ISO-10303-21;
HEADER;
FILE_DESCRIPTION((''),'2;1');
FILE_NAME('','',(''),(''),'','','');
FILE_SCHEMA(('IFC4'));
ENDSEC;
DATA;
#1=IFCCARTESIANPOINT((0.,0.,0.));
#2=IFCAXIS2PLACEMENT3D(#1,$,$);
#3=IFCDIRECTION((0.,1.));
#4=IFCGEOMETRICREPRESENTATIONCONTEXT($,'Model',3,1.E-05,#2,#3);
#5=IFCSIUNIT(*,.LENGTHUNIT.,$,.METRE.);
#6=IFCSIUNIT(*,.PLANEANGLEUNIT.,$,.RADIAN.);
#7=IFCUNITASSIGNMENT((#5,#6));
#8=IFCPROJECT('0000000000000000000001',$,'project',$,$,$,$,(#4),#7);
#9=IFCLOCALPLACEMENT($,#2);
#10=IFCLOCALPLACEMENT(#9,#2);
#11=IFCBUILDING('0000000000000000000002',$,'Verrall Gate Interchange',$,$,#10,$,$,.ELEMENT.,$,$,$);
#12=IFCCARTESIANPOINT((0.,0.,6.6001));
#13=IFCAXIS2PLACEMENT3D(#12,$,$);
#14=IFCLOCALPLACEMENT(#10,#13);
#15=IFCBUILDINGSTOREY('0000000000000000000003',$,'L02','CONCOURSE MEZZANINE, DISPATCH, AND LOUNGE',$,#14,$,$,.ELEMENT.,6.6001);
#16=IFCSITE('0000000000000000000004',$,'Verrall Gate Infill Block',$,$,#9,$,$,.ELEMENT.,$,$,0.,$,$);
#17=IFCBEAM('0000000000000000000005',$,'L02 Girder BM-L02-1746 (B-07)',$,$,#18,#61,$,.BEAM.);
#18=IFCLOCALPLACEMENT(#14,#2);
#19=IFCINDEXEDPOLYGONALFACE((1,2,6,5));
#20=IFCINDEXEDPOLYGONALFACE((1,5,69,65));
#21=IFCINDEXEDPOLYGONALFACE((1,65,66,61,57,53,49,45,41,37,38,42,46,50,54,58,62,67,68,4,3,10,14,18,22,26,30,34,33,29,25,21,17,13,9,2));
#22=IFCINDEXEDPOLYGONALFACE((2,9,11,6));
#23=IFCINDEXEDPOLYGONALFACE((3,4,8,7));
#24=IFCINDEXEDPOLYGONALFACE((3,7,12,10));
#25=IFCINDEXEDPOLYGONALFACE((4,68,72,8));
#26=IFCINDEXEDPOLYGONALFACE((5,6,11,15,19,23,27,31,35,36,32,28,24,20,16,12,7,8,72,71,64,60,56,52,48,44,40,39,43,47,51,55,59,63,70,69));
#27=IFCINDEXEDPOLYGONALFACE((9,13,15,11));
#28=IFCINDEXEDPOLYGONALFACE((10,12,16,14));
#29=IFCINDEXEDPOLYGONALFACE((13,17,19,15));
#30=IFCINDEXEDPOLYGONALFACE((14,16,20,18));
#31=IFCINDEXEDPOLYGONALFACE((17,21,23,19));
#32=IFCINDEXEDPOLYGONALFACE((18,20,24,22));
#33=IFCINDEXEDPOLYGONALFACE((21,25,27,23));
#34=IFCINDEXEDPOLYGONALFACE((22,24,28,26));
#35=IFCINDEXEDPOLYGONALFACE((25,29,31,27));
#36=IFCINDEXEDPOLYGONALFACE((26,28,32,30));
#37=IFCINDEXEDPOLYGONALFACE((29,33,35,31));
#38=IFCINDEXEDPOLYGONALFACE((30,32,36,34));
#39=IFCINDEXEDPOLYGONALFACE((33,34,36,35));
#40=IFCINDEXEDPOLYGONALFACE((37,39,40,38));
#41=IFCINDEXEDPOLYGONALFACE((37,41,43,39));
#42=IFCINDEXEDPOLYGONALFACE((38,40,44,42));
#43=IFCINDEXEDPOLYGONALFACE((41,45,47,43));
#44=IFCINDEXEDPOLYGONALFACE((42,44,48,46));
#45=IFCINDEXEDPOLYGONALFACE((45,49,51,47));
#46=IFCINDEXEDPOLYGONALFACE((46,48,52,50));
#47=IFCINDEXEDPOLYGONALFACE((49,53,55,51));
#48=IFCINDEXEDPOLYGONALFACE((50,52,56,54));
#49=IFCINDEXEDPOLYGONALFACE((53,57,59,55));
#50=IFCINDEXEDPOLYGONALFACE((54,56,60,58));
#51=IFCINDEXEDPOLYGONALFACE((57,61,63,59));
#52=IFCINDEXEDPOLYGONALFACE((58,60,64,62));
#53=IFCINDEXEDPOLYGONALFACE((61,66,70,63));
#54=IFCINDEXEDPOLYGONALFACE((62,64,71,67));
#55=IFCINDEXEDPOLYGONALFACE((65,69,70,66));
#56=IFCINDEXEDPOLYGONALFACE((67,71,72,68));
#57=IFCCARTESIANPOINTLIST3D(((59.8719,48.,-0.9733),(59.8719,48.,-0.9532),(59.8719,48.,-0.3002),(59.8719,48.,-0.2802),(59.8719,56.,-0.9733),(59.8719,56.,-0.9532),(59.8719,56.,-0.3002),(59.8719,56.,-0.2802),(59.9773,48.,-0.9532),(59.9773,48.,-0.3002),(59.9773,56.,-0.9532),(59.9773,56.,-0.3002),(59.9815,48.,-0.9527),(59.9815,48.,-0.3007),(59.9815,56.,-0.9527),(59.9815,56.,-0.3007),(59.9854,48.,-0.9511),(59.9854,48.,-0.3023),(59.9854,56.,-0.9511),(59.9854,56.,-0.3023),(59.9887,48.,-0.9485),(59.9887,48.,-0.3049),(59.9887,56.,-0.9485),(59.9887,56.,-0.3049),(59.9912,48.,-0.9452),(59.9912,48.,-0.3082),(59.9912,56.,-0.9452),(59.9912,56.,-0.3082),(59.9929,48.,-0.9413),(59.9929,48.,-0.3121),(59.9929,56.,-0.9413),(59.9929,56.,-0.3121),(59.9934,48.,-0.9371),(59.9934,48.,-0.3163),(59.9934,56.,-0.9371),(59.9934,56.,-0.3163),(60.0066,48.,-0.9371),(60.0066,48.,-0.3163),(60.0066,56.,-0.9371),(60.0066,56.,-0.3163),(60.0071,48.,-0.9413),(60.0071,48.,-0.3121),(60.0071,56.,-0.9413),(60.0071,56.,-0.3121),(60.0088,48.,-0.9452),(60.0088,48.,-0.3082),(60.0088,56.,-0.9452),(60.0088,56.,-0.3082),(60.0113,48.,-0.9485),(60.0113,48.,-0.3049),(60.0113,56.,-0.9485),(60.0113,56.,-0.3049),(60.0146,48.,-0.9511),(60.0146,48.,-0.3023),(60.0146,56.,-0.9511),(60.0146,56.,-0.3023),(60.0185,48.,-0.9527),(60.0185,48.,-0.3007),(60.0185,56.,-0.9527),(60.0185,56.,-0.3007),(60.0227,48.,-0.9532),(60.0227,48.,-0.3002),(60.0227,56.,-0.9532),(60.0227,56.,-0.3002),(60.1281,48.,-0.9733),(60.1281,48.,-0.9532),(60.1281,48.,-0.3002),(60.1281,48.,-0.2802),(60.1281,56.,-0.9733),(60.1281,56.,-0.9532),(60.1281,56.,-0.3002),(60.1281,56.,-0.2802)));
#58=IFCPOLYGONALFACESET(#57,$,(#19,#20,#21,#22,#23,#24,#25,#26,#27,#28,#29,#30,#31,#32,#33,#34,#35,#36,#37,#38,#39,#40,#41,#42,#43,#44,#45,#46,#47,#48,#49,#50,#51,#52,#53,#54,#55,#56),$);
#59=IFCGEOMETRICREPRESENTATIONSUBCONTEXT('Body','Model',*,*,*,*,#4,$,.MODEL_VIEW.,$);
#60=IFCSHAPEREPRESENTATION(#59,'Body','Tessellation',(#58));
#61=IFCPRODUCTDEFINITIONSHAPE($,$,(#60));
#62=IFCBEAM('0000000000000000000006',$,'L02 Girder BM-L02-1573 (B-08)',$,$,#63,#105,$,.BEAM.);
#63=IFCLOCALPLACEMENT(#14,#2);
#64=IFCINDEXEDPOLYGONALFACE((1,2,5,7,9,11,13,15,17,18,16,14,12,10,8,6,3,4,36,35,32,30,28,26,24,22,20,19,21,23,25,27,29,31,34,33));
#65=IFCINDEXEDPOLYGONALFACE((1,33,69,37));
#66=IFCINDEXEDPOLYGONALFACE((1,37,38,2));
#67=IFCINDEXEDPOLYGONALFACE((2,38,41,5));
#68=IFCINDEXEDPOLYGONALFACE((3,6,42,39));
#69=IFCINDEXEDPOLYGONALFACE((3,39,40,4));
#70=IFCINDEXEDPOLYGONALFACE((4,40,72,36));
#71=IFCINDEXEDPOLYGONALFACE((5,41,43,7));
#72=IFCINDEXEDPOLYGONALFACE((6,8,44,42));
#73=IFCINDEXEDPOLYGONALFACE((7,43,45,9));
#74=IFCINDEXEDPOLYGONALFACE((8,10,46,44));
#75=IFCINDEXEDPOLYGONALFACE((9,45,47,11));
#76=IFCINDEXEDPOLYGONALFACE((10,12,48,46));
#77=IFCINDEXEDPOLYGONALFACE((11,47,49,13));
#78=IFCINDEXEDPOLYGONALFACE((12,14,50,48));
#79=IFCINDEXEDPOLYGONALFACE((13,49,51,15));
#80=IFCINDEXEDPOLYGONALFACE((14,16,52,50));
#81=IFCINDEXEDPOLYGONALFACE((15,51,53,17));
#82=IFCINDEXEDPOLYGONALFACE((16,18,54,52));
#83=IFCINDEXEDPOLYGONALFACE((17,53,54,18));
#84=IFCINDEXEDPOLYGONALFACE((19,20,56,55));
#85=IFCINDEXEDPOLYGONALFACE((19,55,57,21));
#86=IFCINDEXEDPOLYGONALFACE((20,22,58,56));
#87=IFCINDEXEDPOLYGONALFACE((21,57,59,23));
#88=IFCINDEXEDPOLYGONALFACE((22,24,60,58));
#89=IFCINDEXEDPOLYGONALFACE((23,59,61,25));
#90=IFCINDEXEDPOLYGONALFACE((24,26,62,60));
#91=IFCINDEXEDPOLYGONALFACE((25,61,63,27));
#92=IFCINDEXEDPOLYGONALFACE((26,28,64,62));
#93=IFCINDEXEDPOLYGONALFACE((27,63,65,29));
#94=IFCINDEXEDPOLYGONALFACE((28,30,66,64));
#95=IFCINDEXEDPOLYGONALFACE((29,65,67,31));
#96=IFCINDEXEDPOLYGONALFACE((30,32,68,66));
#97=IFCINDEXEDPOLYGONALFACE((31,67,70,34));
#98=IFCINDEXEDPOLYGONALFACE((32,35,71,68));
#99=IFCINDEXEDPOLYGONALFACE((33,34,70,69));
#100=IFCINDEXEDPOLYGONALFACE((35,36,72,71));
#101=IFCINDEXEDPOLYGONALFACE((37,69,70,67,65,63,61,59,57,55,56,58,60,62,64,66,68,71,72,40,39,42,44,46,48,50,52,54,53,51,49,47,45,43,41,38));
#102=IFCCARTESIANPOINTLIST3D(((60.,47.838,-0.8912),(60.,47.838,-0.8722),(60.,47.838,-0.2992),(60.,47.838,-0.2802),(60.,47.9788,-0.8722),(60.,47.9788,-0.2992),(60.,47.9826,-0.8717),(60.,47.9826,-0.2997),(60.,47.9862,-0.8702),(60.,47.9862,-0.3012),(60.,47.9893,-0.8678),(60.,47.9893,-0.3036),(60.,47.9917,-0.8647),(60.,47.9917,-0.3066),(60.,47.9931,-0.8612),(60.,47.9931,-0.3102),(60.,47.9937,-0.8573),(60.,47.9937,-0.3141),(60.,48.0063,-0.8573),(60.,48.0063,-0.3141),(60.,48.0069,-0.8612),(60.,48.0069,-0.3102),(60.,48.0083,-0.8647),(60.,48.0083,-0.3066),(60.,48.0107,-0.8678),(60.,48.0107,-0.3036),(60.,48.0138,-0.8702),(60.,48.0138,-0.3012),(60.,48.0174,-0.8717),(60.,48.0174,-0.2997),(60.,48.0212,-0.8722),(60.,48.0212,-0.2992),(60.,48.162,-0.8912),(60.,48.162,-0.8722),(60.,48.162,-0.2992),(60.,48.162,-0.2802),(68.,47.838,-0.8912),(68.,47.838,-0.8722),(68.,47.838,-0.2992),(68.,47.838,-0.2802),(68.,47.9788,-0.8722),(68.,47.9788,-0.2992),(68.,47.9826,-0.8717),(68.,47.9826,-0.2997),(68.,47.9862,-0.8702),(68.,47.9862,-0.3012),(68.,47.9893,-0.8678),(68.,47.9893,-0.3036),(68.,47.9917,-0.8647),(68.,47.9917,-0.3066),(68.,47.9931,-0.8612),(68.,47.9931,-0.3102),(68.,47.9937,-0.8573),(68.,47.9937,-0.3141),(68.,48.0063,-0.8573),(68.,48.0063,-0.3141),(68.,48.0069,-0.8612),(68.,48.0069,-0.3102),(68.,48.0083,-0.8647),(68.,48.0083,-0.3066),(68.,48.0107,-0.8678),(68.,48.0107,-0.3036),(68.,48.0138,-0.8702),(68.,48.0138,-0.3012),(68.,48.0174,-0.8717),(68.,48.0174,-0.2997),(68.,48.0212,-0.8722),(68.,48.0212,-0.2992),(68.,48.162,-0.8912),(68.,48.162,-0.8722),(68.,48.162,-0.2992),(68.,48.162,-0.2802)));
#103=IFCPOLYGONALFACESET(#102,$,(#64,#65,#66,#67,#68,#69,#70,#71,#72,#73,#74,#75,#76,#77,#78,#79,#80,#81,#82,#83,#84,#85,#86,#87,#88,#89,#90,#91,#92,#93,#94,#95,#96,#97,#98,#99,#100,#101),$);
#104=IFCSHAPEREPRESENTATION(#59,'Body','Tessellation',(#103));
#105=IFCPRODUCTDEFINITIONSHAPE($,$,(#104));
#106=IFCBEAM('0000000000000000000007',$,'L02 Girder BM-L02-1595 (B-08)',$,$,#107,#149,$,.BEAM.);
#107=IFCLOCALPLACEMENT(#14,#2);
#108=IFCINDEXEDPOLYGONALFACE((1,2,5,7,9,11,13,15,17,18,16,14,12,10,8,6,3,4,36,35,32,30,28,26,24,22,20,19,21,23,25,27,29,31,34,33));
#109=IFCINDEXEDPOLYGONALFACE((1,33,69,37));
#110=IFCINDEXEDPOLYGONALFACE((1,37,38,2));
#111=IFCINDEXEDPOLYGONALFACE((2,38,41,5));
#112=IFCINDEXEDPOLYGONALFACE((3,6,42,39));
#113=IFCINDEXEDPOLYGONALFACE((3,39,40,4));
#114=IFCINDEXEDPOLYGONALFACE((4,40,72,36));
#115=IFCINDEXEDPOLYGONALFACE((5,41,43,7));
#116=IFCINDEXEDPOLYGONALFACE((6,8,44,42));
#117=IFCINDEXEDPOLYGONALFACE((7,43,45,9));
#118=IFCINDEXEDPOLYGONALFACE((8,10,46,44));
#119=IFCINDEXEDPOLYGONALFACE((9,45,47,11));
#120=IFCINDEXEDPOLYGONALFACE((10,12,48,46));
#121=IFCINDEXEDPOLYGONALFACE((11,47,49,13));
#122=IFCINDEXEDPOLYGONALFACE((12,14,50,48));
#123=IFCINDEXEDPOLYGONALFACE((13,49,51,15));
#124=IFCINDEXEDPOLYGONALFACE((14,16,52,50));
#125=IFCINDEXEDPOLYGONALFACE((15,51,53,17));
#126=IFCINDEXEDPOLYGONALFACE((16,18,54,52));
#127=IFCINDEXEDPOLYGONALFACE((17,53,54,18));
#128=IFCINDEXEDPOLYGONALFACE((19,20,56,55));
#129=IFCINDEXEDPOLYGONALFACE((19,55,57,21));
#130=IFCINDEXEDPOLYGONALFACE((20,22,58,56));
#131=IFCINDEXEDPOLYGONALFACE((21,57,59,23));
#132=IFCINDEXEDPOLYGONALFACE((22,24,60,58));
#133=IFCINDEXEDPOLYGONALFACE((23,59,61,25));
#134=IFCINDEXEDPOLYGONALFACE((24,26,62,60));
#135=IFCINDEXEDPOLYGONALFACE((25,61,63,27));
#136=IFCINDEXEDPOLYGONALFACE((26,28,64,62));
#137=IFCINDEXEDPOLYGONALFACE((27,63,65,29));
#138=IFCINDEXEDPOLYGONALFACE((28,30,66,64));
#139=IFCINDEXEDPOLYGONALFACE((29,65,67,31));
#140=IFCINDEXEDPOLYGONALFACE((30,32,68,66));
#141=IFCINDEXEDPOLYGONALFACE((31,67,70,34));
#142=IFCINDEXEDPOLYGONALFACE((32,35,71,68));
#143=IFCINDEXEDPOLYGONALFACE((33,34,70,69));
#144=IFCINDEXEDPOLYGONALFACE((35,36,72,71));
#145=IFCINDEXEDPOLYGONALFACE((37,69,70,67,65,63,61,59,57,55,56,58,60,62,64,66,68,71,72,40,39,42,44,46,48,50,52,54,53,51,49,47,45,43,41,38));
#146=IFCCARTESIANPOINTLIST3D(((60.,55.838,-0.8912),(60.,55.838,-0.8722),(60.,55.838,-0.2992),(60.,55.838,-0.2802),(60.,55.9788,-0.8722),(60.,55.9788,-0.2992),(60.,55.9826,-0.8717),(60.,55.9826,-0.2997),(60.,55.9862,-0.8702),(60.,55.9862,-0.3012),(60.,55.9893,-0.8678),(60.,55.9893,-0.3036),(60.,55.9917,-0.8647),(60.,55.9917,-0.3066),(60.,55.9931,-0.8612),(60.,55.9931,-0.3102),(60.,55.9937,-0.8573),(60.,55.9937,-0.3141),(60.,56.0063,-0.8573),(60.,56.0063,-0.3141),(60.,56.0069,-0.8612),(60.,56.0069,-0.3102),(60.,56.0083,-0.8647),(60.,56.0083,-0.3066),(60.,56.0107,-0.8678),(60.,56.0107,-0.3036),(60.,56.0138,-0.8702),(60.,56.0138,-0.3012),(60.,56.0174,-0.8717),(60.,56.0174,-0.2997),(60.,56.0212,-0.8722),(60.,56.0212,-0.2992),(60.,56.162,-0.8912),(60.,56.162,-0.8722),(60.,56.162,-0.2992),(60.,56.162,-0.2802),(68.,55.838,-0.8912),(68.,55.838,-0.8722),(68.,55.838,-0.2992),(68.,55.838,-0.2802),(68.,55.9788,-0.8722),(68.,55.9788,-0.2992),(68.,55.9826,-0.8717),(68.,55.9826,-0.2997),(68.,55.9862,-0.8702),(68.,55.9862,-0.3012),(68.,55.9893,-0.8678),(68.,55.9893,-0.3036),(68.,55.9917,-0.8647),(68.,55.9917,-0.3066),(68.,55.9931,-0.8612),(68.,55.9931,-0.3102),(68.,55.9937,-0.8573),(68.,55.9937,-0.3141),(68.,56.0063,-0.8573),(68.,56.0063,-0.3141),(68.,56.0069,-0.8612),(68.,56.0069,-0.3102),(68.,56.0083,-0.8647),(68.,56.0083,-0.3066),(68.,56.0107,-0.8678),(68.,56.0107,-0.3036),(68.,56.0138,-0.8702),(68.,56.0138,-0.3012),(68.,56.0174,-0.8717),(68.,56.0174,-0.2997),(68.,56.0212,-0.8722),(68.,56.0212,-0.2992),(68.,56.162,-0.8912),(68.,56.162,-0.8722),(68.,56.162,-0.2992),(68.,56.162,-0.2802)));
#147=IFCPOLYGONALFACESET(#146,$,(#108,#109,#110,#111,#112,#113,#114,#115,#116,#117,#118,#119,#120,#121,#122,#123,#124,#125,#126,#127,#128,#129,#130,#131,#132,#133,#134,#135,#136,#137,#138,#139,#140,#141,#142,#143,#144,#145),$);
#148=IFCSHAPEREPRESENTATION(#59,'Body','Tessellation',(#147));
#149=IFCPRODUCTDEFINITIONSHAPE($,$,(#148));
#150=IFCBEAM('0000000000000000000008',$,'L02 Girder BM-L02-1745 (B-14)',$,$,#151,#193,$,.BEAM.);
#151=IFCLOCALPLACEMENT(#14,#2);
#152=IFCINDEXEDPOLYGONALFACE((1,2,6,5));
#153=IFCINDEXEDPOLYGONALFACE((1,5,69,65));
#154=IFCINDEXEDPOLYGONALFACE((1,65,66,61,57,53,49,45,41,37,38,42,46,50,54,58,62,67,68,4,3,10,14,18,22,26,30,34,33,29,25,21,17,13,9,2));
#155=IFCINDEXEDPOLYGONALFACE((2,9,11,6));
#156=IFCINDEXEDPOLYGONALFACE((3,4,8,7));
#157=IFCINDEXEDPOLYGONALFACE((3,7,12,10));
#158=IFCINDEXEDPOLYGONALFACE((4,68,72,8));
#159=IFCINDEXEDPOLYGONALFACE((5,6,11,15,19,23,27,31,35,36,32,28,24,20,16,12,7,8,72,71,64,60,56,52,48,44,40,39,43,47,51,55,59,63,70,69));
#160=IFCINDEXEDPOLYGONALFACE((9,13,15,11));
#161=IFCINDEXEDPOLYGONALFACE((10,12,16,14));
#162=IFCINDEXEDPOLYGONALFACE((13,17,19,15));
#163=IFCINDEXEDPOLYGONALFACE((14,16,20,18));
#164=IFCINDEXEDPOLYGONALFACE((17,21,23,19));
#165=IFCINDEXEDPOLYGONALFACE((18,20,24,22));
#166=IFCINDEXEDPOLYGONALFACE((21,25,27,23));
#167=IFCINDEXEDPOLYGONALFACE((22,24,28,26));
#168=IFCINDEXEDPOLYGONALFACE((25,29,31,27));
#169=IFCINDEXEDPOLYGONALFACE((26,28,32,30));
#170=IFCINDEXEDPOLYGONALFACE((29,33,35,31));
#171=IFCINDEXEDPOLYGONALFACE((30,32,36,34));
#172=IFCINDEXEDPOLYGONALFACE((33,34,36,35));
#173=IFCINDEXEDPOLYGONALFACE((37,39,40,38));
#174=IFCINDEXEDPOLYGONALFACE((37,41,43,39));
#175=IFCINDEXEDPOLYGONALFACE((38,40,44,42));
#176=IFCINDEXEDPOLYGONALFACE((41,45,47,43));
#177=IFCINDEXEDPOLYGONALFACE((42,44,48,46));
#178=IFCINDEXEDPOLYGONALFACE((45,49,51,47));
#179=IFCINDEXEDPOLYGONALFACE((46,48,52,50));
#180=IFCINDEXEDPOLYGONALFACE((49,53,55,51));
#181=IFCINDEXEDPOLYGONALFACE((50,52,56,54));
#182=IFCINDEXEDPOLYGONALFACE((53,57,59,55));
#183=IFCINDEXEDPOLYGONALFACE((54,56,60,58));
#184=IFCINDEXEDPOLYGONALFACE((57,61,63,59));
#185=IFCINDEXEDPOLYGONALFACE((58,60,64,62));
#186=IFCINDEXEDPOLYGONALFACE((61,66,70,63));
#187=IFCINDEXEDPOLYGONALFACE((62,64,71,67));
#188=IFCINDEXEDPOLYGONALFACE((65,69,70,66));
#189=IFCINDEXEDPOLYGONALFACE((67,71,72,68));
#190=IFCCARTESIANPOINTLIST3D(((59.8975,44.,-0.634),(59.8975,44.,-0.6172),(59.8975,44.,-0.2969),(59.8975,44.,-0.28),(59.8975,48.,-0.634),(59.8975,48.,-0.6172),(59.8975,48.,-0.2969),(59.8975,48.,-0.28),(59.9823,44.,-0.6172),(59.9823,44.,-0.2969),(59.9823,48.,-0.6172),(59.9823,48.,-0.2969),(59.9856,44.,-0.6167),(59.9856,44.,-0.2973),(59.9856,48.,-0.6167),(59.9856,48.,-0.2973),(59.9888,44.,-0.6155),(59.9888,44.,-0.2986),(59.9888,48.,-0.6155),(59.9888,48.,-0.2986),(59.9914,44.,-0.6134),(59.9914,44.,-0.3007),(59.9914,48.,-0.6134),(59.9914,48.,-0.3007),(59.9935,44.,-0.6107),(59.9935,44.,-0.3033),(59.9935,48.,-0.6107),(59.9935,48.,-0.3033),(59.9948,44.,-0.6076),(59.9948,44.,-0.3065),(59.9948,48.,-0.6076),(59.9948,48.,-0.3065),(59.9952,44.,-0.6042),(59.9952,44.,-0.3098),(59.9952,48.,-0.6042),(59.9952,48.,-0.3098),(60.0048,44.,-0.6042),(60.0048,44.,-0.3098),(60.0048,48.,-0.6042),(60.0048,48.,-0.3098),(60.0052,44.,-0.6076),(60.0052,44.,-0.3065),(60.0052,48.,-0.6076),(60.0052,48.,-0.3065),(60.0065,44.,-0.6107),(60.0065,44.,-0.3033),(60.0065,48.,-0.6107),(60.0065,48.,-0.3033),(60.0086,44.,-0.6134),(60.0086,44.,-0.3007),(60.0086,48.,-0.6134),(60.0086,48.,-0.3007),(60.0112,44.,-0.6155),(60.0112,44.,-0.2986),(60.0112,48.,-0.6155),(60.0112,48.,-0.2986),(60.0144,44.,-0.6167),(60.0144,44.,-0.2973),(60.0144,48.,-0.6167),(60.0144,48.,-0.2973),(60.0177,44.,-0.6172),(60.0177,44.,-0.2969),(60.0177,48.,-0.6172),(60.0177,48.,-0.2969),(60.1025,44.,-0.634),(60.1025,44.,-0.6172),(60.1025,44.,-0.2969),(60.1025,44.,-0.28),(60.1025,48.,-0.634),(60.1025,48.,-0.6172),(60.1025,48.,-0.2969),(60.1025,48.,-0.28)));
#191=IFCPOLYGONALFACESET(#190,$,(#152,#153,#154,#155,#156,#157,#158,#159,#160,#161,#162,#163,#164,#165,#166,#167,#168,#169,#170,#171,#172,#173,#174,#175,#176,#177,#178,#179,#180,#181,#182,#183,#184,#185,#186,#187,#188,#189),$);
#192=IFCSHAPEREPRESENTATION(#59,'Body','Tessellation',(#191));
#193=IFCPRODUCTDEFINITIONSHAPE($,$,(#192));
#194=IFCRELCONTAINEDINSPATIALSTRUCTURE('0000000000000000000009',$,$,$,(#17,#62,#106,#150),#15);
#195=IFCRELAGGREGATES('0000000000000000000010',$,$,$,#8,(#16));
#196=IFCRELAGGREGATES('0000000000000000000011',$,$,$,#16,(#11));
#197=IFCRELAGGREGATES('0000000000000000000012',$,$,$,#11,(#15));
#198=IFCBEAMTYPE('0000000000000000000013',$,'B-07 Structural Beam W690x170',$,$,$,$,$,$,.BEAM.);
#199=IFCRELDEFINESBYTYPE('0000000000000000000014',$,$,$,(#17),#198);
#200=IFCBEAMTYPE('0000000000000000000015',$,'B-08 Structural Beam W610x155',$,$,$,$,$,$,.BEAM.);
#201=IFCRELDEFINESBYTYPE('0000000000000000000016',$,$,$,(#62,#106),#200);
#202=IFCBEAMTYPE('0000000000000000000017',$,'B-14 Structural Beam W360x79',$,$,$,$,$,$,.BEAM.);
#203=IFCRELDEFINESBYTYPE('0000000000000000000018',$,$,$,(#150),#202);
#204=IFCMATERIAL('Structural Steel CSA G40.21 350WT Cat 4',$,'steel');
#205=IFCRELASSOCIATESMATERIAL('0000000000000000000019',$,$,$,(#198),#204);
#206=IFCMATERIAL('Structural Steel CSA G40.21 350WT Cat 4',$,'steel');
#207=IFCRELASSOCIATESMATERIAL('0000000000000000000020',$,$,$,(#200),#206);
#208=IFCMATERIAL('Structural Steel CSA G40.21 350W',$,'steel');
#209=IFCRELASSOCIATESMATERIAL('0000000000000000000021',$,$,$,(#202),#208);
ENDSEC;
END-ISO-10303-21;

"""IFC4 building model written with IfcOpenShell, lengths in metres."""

from ifc_helpers import new_model, si_unit, direction, frame, origin, origin_2d, place, context, subcontext, project, spatial, i_section, extrude, material, material_profile, profile_set, type_object, element, save


model = new_model("IFC4")

# Units and contexts
model_context = context("Model", 3, precision=1e-05, world=origin(), true_north=direction((0.0, 1.0)))
body_context = subcontext(model_context, "Body", "Model", "MODEL_VIEW")
ifc_project = project(units=[si_unit("LENGTHUNIT", "METRE"), si_unit("PLANEANGLEUNIT", "RADIAN")], contexts=[model_context])

# Site, building, storey
site_placement = place(None, origin())
site = spatial("IfcSite", under=ifc_project, at=site_placement, Name="Verrall Gate Infill Block", CompositionType="ELEMENT", RefElevation=0.0)
building_placement = place(site_placement, origin())
building = spatial("IfcBuilding", under=site, at=building_placement, Name="Verrall Gate Interchange", CompositionType="ELEMENT")
storey_placement = place(building_placement, frame((0.0, 0.0, 6.6001)))
storey = spatial("IfcBuildingStorey", under=building, at=storey_placement, Name="L02", Description="CONCOURSE MEZZANINE, DISPATCH, AND LOUNGE", CompositionType="ELEMENT", Elevation=6.6001)

# Beams
ifc_material_1 = material(Name="Structural Steel CSA G40.21 350WT Cat 4", Category="steel")
ifc_material_profile_1 = material_profile(ifc_material_1, i_section(OverallWidth=0.2561, OverallDepth=0.6931, WebThickness=0.0132, FlangeThickness=0.02, FilletRadius=0.0161, at=origin_2d()), Name="W690x170")
ifc_profile_set_1 = profile_set([ifc_material_profile_1], Name="Structural Steel CSA G40.21 350WT Cat 4")
beam_type_1 = type_object("IfcBeamType", Name="B-07 Structural Beam W690x170", PredefinedType="BEAM", material=ifc_profile_set_1)
beam_1_placement = place(storey_placement, frame((60.0, 48.0, -0.6267), z_axis=(0.0, 1.0, 0.0), x_axis=(-1.0, 0.0, 0.0)))
element("IfcBeam", 1, at=beam_1_placement, inside=storey, type_object=beam_type_1, Name="L02 Girder BM-L02-1746 (B-07)", PredefinedType="BEAM", context=body_context, shape_type="SweptSolid", body=[
    extrude(i_section(OverallWidth=0.2561, OverallDepth=0.6931, WebThickness=0.0132, FlangeThickness=0.02, FilletRadius=0.0161, at=origin_2d()), origin(), (0.0, 0.0, 1.0), 8.0),
])
ifc_material_2 = material(Name="Structural Steel CSA G40.21 350WT Cat 4", Category="steel")
ifc_material_profile_2 = material_profile(ifc_material_2, i_section(OverallWidth=0.324, OverallDepth=0.6111, WebThickness=0.0127, FlangeThickness=0.019, FilletRadius=0.0149, at=origin_2d()), Name="W610x155")
ifc_profile_set_2 = profile_set([ifc_material_profile_2], Name="Structural Steel CSA G40.21 350WT Cat 4")
beam_type_2 = type_object("IfcBeamType", Name="B-08 Structural Beam W610x155", PredefinedType="BEAM", material=ifc_profile_set_2)
for number, where, z_axis, x_axis, name in (
    (2, (60.0, 48.0, -0.5857), (1.0, 0.0, 0.0), (0.0, 1.0, 0.0), "L02 Girder BM-L02-1573 (B-08)"),
    (3, (60.0, 56.0, -0.5857), (1.0, 0.0, 0.0), (0.0, 1.0, 0.0), "L02 Girder BM-L02-1595 (B-08)"),
):
    element("IfcBeam", number, at=place(storey_placement, frame(where, z_axis=z_axis, x_axis=x_axis)), inside=storey, type_object=beam_type_2, Name=name, PredefinedType="BEAM", context=body_context, shape_type="SweptSolid", body=[
        extrude(i_section(OverallWidth=0.324, OverallDepth=0.6111, WebThickness=0.0127, FlangeThickness=0.019, FilletRadius=0.0149, at=origin_2d()), origin(), (0.0, 0.0, 1.0), 8.0),
    ])
ifc_material_3 = material(Name="Structural Steel CSA G40.21 350W", Category="steel")
ifc_material_profile_3 = material_profile(ifc_material_3, i_section(OverallWidth=0.2051, OverallDepth=0.354, WebThickness=0.0095, FlangeThickness=0.0168, FilletRadius=0.0129, at=origin_2d()), Name="W360x79")
ifc_profile_set_3 = profile_set([ifc_material_profile_3], Name="Structural Steel CSA G40.21 350W")
beam_type_3 = type_object("IfcBeamType", Name="B-14 Structural Beam W360x79", PredefinedType="BEAM", material=ifc_profile_set_3)
beam_2_placement = place(storey_placement, frame((60.0, 44.0, -0.457), z_axis=(0.0, 1.0, 0.0), x_axis=(-1.0, 0.0, 0.0)))
element("IfcBeam", 4, at=beam_2_placement, inside=storey, type_object=beam_type_3, Name="L02 Girder BM-L02-1745 (B-14)", PredefinedType="BEAM", context=body_context, shape_type="SweptSolid", body=[
    extrude(i_section(OverallWidth=0.2051, OverallDepth=0.354, WebThickness=0.0095, FlangeThickness=0.0168, FilletRadius=0.0129, at=origin_2d()), origin(), (0.0, 0.0, 1.0), 4.0),
])

save(model, "model.ifc")
